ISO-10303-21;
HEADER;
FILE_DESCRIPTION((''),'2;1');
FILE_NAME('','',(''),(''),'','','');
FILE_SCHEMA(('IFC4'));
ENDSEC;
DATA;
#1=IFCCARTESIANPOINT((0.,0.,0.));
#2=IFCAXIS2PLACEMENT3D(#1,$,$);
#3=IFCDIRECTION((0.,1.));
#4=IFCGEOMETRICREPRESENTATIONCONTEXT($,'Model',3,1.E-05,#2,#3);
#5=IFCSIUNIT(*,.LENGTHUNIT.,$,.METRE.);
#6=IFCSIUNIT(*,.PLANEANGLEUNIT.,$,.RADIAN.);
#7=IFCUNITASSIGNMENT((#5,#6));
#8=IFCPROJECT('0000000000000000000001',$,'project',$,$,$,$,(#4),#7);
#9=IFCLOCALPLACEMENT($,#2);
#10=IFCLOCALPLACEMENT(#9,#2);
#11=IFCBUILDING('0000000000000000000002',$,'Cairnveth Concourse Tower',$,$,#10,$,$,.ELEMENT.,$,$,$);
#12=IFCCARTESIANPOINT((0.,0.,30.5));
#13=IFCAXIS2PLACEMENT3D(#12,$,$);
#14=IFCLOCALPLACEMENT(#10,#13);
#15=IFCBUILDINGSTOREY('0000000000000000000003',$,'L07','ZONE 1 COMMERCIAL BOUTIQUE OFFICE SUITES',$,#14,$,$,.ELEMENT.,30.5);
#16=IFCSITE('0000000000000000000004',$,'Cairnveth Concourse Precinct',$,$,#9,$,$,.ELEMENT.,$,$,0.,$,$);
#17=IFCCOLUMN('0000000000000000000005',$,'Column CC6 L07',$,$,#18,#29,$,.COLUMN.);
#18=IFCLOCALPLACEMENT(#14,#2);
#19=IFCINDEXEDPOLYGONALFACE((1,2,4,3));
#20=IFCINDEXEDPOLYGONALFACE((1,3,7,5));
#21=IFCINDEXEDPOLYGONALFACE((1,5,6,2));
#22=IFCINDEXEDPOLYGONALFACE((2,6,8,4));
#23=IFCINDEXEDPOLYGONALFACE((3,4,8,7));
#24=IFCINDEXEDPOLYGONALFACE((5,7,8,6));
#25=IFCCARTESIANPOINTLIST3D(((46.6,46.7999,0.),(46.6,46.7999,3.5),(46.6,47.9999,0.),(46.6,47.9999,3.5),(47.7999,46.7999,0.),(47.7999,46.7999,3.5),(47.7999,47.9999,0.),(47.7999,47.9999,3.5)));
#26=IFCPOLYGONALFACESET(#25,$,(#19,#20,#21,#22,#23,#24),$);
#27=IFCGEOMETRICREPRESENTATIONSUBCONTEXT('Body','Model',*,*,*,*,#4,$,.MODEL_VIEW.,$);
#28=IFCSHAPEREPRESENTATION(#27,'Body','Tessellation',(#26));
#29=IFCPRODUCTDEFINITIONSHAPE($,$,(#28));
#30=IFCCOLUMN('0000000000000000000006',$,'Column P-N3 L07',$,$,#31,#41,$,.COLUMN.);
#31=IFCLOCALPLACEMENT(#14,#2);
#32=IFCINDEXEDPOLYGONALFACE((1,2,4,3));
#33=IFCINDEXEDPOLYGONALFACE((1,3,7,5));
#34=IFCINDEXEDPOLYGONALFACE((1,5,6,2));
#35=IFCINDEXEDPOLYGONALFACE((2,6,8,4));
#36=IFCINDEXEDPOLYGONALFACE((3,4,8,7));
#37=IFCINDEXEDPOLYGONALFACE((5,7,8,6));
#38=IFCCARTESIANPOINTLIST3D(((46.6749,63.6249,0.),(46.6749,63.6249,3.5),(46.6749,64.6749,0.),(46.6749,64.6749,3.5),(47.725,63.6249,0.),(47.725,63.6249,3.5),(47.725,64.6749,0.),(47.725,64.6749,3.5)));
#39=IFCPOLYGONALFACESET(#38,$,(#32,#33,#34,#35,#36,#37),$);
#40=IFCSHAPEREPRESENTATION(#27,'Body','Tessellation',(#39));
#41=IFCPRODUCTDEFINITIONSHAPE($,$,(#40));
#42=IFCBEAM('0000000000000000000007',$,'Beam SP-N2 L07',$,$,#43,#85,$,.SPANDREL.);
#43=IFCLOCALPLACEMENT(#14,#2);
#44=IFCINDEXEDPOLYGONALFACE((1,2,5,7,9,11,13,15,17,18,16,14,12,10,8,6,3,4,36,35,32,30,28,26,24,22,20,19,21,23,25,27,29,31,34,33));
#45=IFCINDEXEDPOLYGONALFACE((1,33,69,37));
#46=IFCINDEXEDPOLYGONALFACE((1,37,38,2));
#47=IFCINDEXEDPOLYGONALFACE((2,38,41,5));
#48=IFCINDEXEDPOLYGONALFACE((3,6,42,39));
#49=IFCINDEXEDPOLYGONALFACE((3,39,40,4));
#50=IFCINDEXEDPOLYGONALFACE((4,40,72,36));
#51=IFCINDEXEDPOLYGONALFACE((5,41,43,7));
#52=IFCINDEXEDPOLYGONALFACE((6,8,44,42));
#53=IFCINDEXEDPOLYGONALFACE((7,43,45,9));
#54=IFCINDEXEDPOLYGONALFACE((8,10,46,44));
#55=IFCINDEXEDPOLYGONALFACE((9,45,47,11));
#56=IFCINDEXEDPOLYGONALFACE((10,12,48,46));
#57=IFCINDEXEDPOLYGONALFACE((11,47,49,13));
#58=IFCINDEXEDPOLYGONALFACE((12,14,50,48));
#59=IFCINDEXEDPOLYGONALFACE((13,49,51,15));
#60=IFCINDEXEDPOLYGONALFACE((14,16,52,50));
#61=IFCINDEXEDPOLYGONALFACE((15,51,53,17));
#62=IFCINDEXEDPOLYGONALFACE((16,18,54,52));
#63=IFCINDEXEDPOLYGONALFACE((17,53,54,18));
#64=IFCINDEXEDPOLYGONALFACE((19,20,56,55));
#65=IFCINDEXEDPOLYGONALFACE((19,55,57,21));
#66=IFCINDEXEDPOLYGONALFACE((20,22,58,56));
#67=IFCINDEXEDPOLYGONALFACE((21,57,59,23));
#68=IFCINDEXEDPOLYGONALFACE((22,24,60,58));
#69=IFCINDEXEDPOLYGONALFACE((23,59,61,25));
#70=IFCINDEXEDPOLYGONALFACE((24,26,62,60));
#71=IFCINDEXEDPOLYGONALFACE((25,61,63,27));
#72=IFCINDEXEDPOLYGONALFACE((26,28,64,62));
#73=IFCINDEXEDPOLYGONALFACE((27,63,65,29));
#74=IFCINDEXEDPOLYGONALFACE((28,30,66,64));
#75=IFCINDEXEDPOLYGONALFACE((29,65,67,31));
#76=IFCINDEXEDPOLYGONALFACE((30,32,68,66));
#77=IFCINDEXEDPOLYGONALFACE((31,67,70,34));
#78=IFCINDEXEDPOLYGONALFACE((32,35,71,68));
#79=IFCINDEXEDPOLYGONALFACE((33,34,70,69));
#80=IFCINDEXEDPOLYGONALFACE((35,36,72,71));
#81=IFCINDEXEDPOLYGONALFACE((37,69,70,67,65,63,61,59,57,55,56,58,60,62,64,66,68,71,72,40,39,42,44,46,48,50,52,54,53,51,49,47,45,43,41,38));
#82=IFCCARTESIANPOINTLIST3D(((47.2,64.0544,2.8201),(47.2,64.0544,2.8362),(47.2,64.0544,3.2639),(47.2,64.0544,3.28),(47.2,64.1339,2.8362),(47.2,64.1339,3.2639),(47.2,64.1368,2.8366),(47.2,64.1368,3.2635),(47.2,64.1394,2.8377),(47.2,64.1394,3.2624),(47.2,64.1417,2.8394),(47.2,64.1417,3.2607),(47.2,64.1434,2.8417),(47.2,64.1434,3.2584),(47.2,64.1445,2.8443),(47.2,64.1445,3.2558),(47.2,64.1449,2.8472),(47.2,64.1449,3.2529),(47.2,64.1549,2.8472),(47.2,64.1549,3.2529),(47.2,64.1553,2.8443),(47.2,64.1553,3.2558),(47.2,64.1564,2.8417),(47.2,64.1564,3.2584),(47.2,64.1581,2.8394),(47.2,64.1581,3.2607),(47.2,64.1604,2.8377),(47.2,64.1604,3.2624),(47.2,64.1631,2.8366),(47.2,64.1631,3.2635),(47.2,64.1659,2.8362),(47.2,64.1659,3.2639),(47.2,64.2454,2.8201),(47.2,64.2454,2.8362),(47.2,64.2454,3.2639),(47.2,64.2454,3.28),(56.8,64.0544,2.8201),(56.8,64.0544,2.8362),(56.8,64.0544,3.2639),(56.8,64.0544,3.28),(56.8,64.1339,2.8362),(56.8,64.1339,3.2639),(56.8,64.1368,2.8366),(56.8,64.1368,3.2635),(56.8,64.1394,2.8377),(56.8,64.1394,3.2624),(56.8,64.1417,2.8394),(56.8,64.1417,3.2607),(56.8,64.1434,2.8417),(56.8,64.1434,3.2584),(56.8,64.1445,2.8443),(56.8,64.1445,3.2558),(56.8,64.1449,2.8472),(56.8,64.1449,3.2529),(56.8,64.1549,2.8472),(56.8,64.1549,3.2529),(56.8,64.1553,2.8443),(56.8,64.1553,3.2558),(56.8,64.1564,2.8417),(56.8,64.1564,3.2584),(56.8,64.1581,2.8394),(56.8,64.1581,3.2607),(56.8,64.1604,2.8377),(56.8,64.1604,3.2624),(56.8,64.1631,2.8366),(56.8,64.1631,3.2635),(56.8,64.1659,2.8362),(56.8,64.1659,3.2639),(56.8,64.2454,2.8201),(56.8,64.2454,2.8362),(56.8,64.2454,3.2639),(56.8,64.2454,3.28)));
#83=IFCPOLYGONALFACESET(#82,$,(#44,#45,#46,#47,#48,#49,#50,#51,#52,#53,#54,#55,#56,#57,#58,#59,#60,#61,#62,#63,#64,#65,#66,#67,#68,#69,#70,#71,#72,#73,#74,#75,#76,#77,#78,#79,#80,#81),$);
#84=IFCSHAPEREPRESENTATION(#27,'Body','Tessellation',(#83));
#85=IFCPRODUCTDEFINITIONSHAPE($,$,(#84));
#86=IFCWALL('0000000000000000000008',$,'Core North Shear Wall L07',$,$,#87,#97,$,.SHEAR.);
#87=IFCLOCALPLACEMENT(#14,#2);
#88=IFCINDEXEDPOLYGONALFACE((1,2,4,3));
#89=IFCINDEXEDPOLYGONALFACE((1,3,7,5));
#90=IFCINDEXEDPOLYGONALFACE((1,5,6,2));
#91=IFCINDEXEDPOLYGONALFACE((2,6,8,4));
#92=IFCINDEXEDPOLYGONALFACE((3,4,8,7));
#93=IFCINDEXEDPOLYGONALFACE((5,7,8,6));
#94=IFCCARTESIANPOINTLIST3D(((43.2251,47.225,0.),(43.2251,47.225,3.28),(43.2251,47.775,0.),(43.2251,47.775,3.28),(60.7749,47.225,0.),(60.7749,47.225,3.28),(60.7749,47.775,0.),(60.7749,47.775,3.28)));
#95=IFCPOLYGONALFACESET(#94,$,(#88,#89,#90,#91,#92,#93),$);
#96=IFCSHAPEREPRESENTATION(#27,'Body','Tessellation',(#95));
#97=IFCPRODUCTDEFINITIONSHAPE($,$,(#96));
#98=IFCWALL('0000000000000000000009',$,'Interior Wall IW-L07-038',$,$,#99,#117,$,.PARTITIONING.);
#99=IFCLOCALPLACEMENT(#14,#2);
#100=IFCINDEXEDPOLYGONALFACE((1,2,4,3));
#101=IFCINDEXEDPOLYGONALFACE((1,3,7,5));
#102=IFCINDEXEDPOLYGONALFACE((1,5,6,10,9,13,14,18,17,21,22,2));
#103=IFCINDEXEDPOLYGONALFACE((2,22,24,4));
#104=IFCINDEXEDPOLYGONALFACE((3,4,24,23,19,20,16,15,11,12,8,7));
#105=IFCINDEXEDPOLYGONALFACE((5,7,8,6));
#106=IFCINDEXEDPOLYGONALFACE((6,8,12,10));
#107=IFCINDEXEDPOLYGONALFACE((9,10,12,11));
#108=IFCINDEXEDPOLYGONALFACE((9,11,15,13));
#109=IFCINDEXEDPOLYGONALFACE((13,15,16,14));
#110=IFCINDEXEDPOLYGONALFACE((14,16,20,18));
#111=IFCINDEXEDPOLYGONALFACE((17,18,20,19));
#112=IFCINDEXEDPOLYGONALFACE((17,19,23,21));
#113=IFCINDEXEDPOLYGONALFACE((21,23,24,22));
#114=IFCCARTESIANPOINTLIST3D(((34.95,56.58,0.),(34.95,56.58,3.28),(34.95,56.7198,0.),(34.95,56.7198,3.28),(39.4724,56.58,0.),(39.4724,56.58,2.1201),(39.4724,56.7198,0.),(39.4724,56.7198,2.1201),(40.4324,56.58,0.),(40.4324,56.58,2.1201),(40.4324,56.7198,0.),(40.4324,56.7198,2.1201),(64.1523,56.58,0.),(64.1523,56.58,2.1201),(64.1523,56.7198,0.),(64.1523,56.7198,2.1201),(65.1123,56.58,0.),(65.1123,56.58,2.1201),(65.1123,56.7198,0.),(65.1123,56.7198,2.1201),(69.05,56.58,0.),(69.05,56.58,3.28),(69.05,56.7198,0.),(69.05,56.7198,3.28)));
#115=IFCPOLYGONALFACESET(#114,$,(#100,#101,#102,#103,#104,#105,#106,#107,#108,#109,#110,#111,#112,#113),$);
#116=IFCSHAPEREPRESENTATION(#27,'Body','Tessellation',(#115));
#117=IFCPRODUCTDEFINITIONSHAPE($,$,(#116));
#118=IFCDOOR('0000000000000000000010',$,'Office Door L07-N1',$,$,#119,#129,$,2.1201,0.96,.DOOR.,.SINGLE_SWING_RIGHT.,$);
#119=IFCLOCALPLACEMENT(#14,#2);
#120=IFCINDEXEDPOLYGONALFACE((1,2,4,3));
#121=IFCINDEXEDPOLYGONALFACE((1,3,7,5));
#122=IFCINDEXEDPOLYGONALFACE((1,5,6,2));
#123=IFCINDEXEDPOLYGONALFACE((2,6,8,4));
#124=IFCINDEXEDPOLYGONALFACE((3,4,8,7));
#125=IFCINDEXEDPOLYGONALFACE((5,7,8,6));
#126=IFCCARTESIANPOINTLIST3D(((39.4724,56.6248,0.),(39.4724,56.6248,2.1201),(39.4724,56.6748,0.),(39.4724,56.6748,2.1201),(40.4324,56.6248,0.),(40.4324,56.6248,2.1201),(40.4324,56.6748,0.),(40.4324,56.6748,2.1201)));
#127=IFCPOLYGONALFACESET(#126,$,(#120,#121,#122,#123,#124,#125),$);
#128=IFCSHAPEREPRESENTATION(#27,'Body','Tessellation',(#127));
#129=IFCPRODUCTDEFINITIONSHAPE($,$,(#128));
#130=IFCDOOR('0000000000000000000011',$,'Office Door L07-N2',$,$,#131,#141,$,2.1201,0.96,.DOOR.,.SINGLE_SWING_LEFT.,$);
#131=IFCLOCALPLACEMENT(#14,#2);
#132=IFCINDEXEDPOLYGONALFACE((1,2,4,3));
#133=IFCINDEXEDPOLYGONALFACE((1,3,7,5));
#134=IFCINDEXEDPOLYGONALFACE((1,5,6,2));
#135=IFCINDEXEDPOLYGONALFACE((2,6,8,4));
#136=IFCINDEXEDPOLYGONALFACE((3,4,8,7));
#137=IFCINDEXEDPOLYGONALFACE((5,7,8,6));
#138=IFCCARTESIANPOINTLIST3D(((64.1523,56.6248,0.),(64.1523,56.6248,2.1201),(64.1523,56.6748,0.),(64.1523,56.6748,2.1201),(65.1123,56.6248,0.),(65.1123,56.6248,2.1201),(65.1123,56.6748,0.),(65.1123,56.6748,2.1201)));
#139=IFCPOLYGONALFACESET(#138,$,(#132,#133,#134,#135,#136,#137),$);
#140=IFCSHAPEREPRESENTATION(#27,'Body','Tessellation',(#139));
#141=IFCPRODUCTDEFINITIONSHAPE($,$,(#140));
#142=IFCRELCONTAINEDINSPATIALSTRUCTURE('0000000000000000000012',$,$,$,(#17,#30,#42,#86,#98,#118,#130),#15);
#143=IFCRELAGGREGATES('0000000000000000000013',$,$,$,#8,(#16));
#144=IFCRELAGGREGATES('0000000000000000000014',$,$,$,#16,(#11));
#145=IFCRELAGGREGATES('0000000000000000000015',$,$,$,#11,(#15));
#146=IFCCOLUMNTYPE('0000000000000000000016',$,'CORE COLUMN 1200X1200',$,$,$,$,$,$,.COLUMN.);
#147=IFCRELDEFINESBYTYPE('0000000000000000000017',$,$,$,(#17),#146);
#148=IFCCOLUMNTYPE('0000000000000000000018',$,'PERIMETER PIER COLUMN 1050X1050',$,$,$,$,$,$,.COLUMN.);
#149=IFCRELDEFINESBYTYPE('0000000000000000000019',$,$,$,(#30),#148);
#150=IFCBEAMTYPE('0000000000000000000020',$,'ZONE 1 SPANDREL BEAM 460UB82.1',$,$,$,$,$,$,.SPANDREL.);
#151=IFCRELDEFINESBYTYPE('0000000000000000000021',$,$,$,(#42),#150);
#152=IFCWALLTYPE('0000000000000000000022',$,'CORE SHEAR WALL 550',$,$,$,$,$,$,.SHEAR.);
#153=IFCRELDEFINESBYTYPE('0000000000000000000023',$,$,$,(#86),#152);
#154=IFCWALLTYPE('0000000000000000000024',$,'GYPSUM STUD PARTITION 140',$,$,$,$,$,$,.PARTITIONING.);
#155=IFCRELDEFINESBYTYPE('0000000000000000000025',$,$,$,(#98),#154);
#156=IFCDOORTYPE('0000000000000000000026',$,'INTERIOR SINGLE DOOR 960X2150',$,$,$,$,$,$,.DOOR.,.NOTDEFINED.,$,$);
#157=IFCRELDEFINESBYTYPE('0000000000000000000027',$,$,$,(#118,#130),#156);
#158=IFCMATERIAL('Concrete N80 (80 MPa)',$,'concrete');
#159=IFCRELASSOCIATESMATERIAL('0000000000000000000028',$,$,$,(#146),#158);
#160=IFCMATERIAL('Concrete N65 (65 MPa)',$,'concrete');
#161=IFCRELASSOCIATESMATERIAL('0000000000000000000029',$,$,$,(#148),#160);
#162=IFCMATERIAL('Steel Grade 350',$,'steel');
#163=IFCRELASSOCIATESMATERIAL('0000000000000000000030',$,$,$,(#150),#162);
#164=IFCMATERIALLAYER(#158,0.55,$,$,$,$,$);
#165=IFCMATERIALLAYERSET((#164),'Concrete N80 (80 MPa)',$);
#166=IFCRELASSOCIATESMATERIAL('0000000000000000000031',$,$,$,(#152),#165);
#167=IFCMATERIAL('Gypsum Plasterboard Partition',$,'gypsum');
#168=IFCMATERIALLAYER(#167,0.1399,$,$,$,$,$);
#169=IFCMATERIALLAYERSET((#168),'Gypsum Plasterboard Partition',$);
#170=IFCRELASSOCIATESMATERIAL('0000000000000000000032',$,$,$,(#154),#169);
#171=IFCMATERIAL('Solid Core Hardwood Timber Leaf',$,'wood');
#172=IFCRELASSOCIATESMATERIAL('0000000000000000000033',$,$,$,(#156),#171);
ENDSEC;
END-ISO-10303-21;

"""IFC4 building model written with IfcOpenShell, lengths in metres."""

from ifc_helpers import new_model, si_unit, direction, frame, frame_2d, origin, origin_2d, place, context, subcontext, project, spatial, rectangle, i_section, extrude, material, layer, layer_set, material_profile, profile_set, type_object, element, fill, save


model = new_model("IFC4")

# Units and contexts
model_context = context("Model", 3, precision=1e-05, world=origin(), true_north=direction((0.0, 1.0)))
body_context = subcontext(model_context, "Body", "Model", "MODEL_VIEW")
ifc_project = project(units=[si_unit("LENGTHUNIT", "METRE"), si_unit("PLANEANGLEUNIT", "RADIAN")], contexts=[model_context])

# Site, building, storey
site_placement = place(None, origin())
site = spatial("IfcSite", under=ifc_project, at=site_placement, Name="Cairnveth Concourse Precinct", CompositionType="ELEMENT", RefElevation=0.0)
building_placement = place(site_placement, origin())
building = spatial("IfcBuilding", under=site, at=building_placement, Name="Cairnveth Concourse Tower", CompositionType="ELEMENT")
storey_placement = place(building_placement, frame((0.0, 0.0, 30.5)))
storey = spatial("IfcBuildingStorey", under=building, at=storey_placement, Name="L07", Description="ZONE 1 COMMERCIAL BOUTIQUE OFFICE SUITES", CompositionType="ELEMENT", Elevation=30.5)

# Columns
ifc_material_1 = material(Name="Concrete N80 (80 MPa)", Category="concrete")
ifc_material_profile_1 = material_profile(ifc_material_1, rectangle(XDim=1.2, YDim=1.2, at=origin_2d()), Name="RC-COL-1200x1200")
ifc_profile_set_1 = profile_set([ifc_material_profile_1], Name="Concrete N80 (80 MPa)")
column_type_1 = type_object("IfcColumnType", Name="CORE COLUMN 1200X1200", PredefinedType="COLUMN", material=ifc_profile_set_1)
column_1_placement = place(storey_placement, frame((47.2, 47.3999, 0.0), z_axis=(0.0, 0.0, 1.0), x_axis=(1.0, 0.0, 0.0)))
element("IfcColumn", 1, at=column_1_placement, inside=storey, type_object=column_type_1, Name="Column CC6 L07", PredefinedType="COLUMN", context=body_context, shape_type="SweptSolid", body=[
    extrude(rectangle(XDim=1.2, YDim=1.2, at=origin_2d()), origin(), (0.0, 0.0, 1.0), 3.5),
])
ifc_material_2 = material(Name="Concrete N65 (65 MPa)", Category="concrete")
ifc_material_profile_2 = material_profile(ifc_material_2, rectangle(XDim=1.05, YDim=1.05, at=origin_2d()), Name="RC-COL-1050x1050")
ifc_profile_set_2 = profile_set([ifc_material_profile_2], Name="Concrete N65 (65 MPa)")
column_type_2 = type_object("IfcColumnType", Name="PERIMETER PIER COLUMN 1050X1050", PredefinedType="COLUMN", material=ifc_profile_set_2)
column_2_placement = place(storey_placement, frame((47.2, 64.1499, 0.0), z_axis=(0.0, 0.0, 1.0), x_axis=(1.0, 0.0, 0.0)))
element("IfcColumn", 2, at=column_2_placement, inside=storey, type_object=column_type_2, Name="Column P-N3 L07", PredefinedType="COLUMN", context=body_context, shape_type="SweptSolid", body=[
    extrude(rectangle(XDim=1.05, YDim=1.05, at=origin_2d()), origin(), (0.0, 0.0, 1.0), 3.5),
])

# Beam
ifc_material_3 = material(Name="Steel Grade 350", Category="steel")
ifc_material_profile_3 = material_profile(ifc_material_3, i_section(OverallWidth=0.1909, OverallDepth=0.46, WebThickness=0.01, FlangeThickness=0.0161, FilletRadius=0.011, at=origin_2d()), Name="460UB82.1")
ifc_profile_set_3 = profile_set([ifc_material_profile_3], Name="Steel Grade 350")
beam_type = type_object("IfcBeamType", Name="ZONE 1 SPANDREL BEAM 460UB82.1", PredefinedType="SPANDREL", material=ifc_profile_set_3)
beam_placement = place(storey_placement, frame((47.2, 64.1499, 3.05), z_axis=(1.0, 0.0, 0.0), x_axis=(0.0, 1.0, 0.0)))
element("IfcBeam", 3, at=beam_placement, inside=storey, type_object=beam_type, Name="Beam SP-N2 L07", PredefinedType="SPANDREL", context=body_context, shape_type="SweptSolid", body=[
    extrude(i_section(OverallWidth=0.1909, OverallDepth=0.46, WebThickness=0.01, FlangeThickness=0.0161, FilletRadius=0.011, at=origin_2d()), origin(), (0.0, 0.0, 1.0), 9.6001),
])

# Wall
ifc_layer_1 = layer(ifc_material_1, 0.55)
ifc_layer_set_1 = layer_set([ifc_layer_1], Name="Concrete N80 (80 MPa)")
wall_type_1 = type_object("IfcWallType", Name="CORE SHEAR WALL 550", PredefinedType="SHEAR", material=ifc_layer_set_1)
wall_1_placement = place(storey_placement, frame((43.2251, 47.5, 0.0), z_axis=(0.0, 0.0, 1.0), x_axis=(1.0, 0.0, 0.0)))
element("IfcWall", 4, at=wall_1_placement, inside=storey, type_object=wall_type_1, Name="Core North Shear Wall L07", PredefinedType="SHEAR", context=body_context, shape_type="SweptSolid", body=[
    extrude(rectangle(XDim=17.5498, YDim=0.55, at=frame_2d((8.7749, 0.0))), origin(), (0.0, 0.0, 1.0), 3.28),
])

# Wall, openings, doors
ifc_material_4 = material(Name="Gypsum Plasterboard Partition", Category="gypsum")
ifc_layer_2 = layer(ifc_material_4, 0.1399)
ifc_layer_set_2 = layer_set([ifc_layer_2], Name="Gypsum Plasterboard Partition")
wall_type_2 = type_object("IfcWallType", Name="GYPSUM STUD PARTITION 140", PredefinedType="PARTITIONING", material=ifc_layer_set_2)
wall_2_placement = place(storey_placement, frame((34.95, 56.6499, 0.0), z_axis=(0.0, 0.0, 1.0), x_axis=(1.0, 0.0, 0.0)))
wall_2 = element("IfcWall", 5, at=wall_2_placement, inside=storey, type_object=wall_type_2, Name="Interior Wall IW-L07-038", PredefinedType="PARTITIONING", context=body_context, shape_type="SweptSolid", body=[
    extrude(rectangle(XDim=34.1001, YDim=0.1399, at=frame_2d((17.05, 0.0))), origin(), (0.0, 0.0, 1.0), 3.28),
])
opening_1_placement = place(wall_2_placement, frame((4.5225, 0.0, 0.0)))
opening_1 = element("IfcOpeningElement", 6, at=opening_1_placement, cuts=wall_2, PredefinedType="OPENING", context=body_context, shape_type="SweptSolid", body=[
    extrude(rectangle(XDim=0.96, YDim=2.1201, at=frame_2d((0.48, 1.0601))), frame((0.0, 0.0798, 0.0), z_axis=(0.0, -1.0, 0.0), x_axis=(1.0, 0.0, 0.0)), (0.0, 0.0, 1.0), 0.1599),
])
opening_2_placement = place(wall_2_placement, frame((29.2024, 0.0, 0.0)))
opening_2 = element("IfcOpeningElement", 7, at=opening_2_placement, cuts=wall_2, PredefinedType="OPENING", context=body_context, shape_type="SweptSolid", body=[
    extrude(rectangle(XDim=0.96, YDim=2.1201, at=frame_2d((0.48, 1.0601))), frame((0.0, 0.0798, 0.0), z_axis=(0.0, -1.0, 0.0), x_axis=(1.0, 0.0, 0.0)), (0.0, 0.0, 1.0), 0.1599),
])
ifc_material_5 = material(Name="Solid Core Hardwood Timber Leaf", Category="wood")
door_type_1 = type_object("IfcDoorType", Name="INTERIOR SINGLE DOOR 960X2150", OperationType="NOTDEFINED", PredefinedType="DOOR", material=ifc_material_5)
door_1_placement = place(opening_1_placement, origin())
door_1 = element("IfcDoor", 8, at=door_1_placement, inside=storey, type_object=door_type_1, Name="Office Door L07-N1", OperationType="SINGLE_SWING_RIGHT", OverallHeight=2.1201, OverallWidth=0.96, PredefinedType="DOOR", context=body_context, shape_type="SweptSolid", body=[
    extrude(rectangle(XDim=0.96, YDim=2.1201, at=frame_2d((0.48, 1.0601))), frame((0.0, 0.0249, 0.0), z_axis=(0.0, -1.0, 0.0), x_axis=(1.0, 0.0, 0.0)), (0.0, 0.0, 1.0), 0.05),
])
fill(opening_1, door_1)
door_2_placement = place(opening_2_placement, origin())
door_2 = element("IfcDoor", 9, at=door_2_placement, inside=storey, type_object=door_type_1, Name="Office Door L07-N2", OperationType="SINGLE_SWING_LEFT", OverallHeight=2.1201, OverallWidth=0.96, PredefinedType="DOOR", context=body_context, shape_type="SweptSolid", body=[
    extrude(rectangle(XDim=0.96, YDim=2.1201, at=frame_2d((0.48, 1.0601))), frame((0.0, 0.0249, 0.0), z_axis=(0.0, -1.0, 0.0), x_axis=(1.0, 0.0, 0.0)), (0.0, 0.0, 1.0), 0.05),
])
fill(opening_2, door_2)

save(model, "model.ifc")
